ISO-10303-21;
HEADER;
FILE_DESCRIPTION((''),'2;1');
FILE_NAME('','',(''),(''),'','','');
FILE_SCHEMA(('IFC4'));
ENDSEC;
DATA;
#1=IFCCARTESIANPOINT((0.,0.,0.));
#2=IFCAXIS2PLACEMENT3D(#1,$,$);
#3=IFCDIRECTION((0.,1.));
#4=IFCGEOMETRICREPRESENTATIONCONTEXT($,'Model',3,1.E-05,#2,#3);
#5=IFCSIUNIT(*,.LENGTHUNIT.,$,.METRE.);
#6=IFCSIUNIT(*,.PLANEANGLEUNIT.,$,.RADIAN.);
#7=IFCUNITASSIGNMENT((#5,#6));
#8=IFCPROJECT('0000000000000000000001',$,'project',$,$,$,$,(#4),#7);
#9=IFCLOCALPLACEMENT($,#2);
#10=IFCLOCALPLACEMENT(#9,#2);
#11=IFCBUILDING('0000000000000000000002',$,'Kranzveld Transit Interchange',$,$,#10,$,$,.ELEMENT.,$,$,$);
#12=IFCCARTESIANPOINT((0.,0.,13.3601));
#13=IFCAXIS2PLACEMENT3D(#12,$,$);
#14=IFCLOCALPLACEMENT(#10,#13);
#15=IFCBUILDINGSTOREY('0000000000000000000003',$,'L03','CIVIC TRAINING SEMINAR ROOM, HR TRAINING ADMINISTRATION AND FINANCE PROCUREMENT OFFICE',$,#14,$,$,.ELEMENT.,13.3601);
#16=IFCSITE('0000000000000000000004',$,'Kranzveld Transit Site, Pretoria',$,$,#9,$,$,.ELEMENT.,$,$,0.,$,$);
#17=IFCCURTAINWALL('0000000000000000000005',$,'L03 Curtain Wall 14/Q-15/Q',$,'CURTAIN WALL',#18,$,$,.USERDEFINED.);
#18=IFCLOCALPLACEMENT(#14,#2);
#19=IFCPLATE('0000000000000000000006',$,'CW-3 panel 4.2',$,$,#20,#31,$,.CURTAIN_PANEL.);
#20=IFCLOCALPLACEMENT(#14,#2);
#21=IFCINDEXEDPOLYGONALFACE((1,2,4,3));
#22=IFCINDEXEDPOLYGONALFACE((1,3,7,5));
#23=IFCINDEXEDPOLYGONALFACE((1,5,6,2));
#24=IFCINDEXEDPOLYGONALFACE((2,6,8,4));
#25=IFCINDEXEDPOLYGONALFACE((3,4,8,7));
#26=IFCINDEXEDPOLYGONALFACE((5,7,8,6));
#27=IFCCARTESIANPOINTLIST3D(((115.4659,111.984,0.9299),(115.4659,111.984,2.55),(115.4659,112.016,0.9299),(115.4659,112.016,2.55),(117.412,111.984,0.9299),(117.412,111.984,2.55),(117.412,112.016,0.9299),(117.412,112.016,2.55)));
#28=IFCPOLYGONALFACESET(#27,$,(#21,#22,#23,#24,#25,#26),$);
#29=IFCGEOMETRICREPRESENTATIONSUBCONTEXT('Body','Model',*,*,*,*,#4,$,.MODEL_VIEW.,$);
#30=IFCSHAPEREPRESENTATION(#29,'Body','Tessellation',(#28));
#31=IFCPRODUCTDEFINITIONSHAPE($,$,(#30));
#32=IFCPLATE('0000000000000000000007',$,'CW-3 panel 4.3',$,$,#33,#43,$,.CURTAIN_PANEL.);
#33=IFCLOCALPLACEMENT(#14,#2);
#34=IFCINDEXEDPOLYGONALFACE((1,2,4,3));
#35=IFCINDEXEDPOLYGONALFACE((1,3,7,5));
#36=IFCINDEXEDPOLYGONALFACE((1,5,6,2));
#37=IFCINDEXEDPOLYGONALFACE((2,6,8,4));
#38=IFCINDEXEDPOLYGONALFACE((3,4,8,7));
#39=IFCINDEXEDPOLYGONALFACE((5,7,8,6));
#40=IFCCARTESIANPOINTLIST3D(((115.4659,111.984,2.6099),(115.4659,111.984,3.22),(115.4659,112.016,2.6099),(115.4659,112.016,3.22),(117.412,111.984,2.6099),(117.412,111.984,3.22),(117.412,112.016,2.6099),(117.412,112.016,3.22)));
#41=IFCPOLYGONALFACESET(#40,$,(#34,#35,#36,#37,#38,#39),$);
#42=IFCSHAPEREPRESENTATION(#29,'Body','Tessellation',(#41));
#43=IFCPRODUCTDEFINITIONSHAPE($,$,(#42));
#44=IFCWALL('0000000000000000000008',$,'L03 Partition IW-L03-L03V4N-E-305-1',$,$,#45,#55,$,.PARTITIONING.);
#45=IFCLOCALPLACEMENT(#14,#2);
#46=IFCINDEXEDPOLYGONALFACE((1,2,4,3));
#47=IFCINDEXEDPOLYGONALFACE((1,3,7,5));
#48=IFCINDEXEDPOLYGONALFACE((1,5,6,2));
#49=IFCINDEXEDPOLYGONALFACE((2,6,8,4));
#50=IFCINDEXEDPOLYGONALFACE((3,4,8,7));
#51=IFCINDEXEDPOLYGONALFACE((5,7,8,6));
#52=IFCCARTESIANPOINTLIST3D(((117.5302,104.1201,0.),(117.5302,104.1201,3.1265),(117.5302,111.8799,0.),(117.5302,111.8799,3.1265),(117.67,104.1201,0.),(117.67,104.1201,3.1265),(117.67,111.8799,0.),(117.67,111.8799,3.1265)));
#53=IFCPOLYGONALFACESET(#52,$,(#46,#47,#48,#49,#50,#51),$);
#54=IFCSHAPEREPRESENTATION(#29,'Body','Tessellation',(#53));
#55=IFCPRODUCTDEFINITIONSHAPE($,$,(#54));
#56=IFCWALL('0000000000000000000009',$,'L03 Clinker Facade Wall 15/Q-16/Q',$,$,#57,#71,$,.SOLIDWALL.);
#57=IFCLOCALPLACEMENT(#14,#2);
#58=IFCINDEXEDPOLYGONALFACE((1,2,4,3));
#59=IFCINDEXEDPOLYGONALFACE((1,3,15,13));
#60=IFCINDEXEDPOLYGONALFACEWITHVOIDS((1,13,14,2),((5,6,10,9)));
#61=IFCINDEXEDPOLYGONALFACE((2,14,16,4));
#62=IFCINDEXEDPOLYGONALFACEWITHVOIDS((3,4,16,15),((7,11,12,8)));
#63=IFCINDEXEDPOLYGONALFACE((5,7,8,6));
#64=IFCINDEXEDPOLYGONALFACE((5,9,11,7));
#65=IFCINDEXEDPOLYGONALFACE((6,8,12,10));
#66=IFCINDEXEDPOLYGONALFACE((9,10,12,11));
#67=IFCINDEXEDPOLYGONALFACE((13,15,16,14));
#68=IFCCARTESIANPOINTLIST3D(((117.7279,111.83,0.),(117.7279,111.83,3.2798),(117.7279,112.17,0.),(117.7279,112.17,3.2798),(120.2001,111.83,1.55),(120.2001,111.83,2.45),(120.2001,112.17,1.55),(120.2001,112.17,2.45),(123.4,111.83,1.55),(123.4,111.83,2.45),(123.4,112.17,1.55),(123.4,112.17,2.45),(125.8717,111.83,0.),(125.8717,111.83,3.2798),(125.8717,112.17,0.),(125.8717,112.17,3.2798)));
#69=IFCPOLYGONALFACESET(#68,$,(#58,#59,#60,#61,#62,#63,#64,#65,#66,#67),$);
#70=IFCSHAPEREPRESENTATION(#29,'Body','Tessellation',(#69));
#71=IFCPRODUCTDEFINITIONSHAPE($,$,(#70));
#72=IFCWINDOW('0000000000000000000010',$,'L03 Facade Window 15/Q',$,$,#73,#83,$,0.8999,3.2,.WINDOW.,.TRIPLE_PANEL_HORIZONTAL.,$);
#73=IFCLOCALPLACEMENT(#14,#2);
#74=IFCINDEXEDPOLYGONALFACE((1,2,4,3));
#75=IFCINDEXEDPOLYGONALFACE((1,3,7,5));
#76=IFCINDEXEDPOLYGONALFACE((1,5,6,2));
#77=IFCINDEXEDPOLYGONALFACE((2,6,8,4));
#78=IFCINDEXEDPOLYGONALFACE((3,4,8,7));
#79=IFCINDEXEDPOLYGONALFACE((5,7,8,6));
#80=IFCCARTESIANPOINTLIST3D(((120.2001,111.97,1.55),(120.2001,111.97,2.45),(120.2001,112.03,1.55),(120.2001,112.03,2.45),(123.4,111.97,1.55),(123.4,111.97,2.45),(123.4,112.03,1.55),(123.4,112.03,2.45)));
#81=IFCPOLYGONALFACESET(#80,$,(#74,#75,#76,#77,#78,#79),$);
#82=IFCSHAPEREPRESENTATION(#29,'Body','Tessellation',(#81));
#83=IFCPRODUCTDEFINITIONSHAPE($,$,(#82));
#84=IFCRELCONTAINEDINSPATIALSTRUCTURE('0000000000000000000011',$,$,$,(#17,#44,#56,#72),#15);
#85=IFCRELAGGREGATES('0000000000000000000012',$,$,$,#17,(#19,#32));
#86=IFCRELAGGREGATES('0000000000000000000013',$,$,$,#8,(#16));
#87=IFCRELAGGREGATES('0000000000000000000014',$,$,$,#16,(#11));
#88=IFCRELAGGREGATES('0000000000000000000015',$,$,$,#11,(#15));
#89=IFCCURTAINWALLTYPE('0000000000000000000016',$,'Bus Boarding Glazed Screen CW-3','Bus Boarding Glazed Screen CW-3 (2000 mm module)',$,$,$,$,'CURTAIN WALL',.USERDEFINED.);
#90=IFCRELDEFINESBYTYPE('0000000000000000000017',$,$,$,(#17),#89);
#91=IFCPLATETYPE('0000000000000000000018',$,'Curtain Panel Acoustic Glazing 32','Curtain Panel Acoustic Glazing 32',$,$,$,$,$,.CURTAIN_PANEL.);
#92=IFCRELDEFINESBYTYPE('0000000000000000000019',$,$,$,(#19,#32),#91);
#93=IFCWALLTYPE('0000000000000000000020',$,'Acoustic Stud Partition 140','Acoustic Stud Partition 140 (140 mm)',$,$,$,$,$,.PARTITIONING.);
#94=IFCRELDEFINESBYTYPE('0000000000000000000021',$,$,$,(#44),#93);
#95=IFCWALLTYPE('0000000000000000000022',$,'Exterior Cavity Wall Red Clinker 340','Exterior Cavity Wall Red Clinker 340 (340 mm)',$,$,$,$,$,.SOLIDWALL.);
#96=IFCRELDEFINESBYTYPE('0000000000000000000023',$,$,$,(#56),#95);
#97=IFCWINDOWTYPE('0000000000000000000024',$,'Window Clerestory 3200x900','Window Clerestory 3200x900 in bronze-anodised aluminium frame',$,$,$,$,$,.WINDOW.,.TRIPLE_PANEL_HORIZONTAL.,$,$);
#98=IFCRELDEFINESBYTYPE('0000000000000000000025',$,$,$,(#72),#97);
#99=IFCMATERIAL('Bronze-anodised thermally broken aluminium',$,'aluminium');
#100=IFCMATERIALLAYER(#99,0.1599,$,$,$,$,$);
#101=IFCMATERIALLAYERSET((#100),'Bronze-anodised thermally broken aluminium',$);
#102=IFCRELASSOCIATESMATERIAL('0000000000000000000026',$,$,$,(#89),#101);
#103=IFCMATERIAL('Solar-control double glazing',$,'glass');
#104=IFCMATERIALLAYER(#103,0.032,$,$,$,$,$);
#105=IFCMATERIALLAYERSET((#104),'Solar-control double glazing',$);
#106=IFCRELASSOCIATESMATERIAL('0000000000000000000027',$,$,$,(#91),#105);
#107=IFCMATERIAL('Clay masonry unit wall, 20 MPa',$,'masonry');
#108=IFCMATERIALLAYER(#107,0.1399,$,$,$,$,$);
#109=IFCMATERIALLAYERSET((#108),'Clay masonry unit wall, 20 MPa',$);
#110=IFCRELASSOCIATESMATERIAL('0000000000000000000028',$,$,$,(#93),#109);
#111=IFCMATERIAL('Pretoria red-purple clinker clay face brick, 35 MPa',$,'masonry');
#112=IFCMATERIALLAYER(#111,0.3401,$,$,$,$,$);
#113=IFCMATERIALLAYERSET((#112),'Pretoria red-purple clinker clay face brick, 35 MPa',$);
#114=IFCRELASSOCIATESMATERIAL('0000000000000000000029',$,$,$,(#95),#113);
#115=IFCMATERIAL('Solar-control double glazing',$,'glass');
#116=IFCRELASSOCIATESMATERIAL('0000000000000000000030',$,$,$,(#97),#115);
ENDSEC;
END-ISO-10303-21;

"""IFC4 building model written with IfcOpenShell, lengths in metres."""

from ifc_helpers import new_model, si_unit, direction, frame, frame_2d, origin, origin_2d, place, context, subcontext, project, spatial, rectangle, extrude, material, layer, layer_set, type_object, element, fill, aggregate, save


model = new_model("IFC4")

# Units and contexts
model_context = context("Model", 3, precision=1e-05, world=origin(), true_north=direction((0.0, 1.0)))
body_context = subcontext(model_context, "Body", "Model", "MODEL_VIEW")
ifc_project = project(units=[si_unit("LENGTHUNIT", "METRE"), si_unit("PLANEANGLEUNIT", "RADIAN")], contexts=[model_context])

# Site, building, storey
site_placement = place(None, origin())
site = spatial("IfcSite", under=ifc_project, at=site_placement, Name="Kranzveld Transit Site, Pretoria", CompositionType="ELEMENT", RefElevation=0.0)
building_placement = place(site_placement, origin())
building = spatial("IfcBuilding", under=site, at=building_placement, Name="Kranzveld Transit Interchange", CompositionType="ELEMENT")
storey_placement = place(building_placement, frame((0.0, 0.0, 13.3601)))
storey = spatial("IfcBuildingStorey", under=building, at=storey_placement, Name="L03", Description="CIVIC TRAINING SEMINAR ROOM, HR TRAINING ADMINISTRATION AND FINANCE PROCUREMENT OFFICE", CompositionType="ELEMENT", Elevation=13.3601)

# Curtain wall
ifc_material_1 = material(Name="Bronze-anodised thermally broken aluminium", Category="aluminium")
ifc_layer_1 = layer(ifc_material_1, 0.1599)
ifc_layer_set_1 = layer_set([ifc_layer_1], Name="Bronze-anodised thermally broken aluminium")
curtain_wall_type = type_object("IfcCurtainWallType", Name="Bus Boarding Glazed Screen CW-3", Description="Bus Boarding Glazed Screen CW-3 (2000 mm module)", ElementType="CURTAIN WALL", PredefinedType="USERDEFINED", material=ifc_layer_set_1)
curtain_wall_placement = place(storey_placement, origin())
curtain_wall = element("IfcCurtainWall", 1, at=curtain_wall_placement, inside=storey, type_object=curtain_wall_type, Name="L03 Curtain Wall 14/Q-15/Q", ObjectType="CURTAIN WALL", PredefinedType="USERDEFINED")

# Plates
ifc_material_2 = material(Name="Solar-control double glazing", Category="glass")
ifc_layer_2 = layer(ifc_material_2, 0.032)
ifc_layer_set_2 = layer_set([ifc_layer_2], Name="Solar-control double glazing")
plate_type = type_object("IfcPlateType", Name="Curtain Panel Acoustic Glazing 32", Description="Curtain Panel Acoustic Glazing 32", PredefinedType="CURTAIN_PANEL", material=ifc_layer_set_2)
plate_1_placement = place(storey_placement, frame((116.439, 112.0, 0.9299), z_axis=(0.0, 0.0, 1.0), x_axis=(1.0, 0.0, 0.0)))
plate_1 = element("IfcPlate", 2, at=plate_1_placement, type_object=plate_type, Name="CW-3 panel 4.2", PredefinedType="CURTAIN_PANEL", context=body_context, shape_type="SweptSolid", body=[
    extrude(rectangle(XDim=1.946, YDim=0.032, at=origin_2d()), origin(), (0.0, 0.0, 1.0), 1.6201),
])
plate_2_placement = place(storey_placement, frame((116.439, 112.0, 2.6099), z_axis=(0.0, 0.0, 1.0), x_axis=(1.0, 0.0, 0.0)))
plate_2 = element("IfcPlate", 3, at=plate_2_placement, type_object=plate_type, Name="CW-3 panel 4.3", PredefinedType="CURTAIN_PANEL", context=body_context, shape_type="SweptSolid", body=[
    extrude(rectangle(XDim=1.946, YDim=0.032, at=origin_2d()), origin(), (0.0, 0.0, 1.0), 0.6101),
])
aggregate(curtain_wall, [plate_1, plate_2])

# Wall
ifc_material_3 = material(Name="Clay masonry unit wall, 20 MPa", Category="masonry")
ifc_layer_3 = layer(ifc_material_3, 0.1399)
ifc_layer_set_3 = layer_set([ifc_layer_3], Name="Clay masonry unit wall, 20 MPa")
wall_type_1 = type_object("IfcWallType", Name="Acoustic Stud Partition 140", Description="Acoustic Stud Partition 140 (140 mm)", PredefinedType="PARTITIONING", material=ifc_layer_set_3)
wall_1_placement = place(storey_placement, frame((117.6001, 104.1201, 0.0), z_axis=(0.0, 0.0, 1.0), x_axis=(0.0, 1.0, 0.0)))
element("IfcWall", 4, at=wall_1_placement, inside=storey, type_object=wall_type_1, Name="L03 Partition IW-L03-L03V4N-E-305-1", PredefinedType="PARTITIONING", context=body_context, shape_type="SweptSolid", body=[
    extrude(rectangle(XDim=7.7598, YDim=0.1399, at=frame_2d((3.8799, 0.0))), origin(), (0.0, 0.0, 1.0), 3.1265),
])

# Wall, opening, window
ifc_material_4 = material(Name="Pretoria red-purple clinker clay face brick, 35 MPa", Category="masonry")
ifc_layer_4 = layer(ifc_material_4, 0.3401)
ifc_layer_set_4 = layer_set([ifc_layer_4], Name="Pretoria red-purple clinker clay face brick, 35 MPa")
wall_type_2 = type_object("IfcWallType", Name="Exterior Cavity Wall Red Clinker 340", Description="Exterior Cavity Wall Red Clinker 340 (340 mm)", PredefinedType="SOLIDWALL", material=ifc_layer_set_4)
wall_2_placement = place(storey_placement, frame((117.728, 112.0, 0.0), z_axis=(0.0, 0.0, 1.0), x_axis=(1.0, 0.0, 0.0)))
wall_2 = element("IfcWall", 5, at=wall_2_placement, inside=storey, type_object=wall_type_2, Name="L03 Clinker Facade Wall 15/Q-16/Q", PredefinedType="SOLIDWALL", context=body_context, shape_type="SweptSolid", body=[
    extrude(rectangle(XDim=8.1438, YDim=0.3401, at=frame_2d((4.0718, 0.0))), origin(), (0.0, 0.0, 1.0), 3.2798),
])
opening_placement = place(wall_2_placement, frame((2.4719, 0.0, 1.55), z_axis=(0.0, 0.0, 1.0), x_axis=(1.0, 0.0, 0.0)))
opening = element("IfcOpeningElement", 6, at=opening_placement, cuts=wall_2, PredefinedType="OPENING", context=body_context, shape_type="SweptSolid", body=[
    extrude(rectangle(XDim=3.2, YDim=0.8999, at=frame_2d((1.6001, 0.45))), frame((0.0, 0.1799, 0.0), z_axis=(0.0, -1.0, 0.0), x_axis=(1.0, 0.0, 0.0)), (0.0, 0.0, 1.0), 0.3601),
])
ifc_material_5 = material(Name="Solar-control double glazing", Category="glass")
window_type = type_object("IfcWindowType", Name="Window Clerestory 3200x900", Description="Window Clerestory 3200x900 in bronze-anodised aluminium frame", PartitioningType="TRIPLE_PANEL_HORIZONTAL", PredefinedType="WINDOW", material=ifc_material_5)
window_placement = place(opening_placement, origin())
window = element("IfcWindow", 7, at=window_placement, inside=storey, type_object=window_type, Name="L03 Facade Window 15/Q", OverallHeight=0.8999, OverallWidth=3.2, PartitioningType="TRIPLE_PANEL_HORIZONTAL", PredefinedType="WINDOW", context=body_context, shape_type="SweptSolid", body=[
    extrude(rectangle(XDim=3.2, YDim=0.8999, at=frame_2d((1.6001, 0.45))), frame((0.0, 0.03, 0.0), z_axis=(0.0, -1.0, 0.0), x_axis=(1.0, 0.0, 0.0)), (0.0, 0.0, 1.0), 0.0601),
])
fill(opening, window)

save(model, "model.ifc")
